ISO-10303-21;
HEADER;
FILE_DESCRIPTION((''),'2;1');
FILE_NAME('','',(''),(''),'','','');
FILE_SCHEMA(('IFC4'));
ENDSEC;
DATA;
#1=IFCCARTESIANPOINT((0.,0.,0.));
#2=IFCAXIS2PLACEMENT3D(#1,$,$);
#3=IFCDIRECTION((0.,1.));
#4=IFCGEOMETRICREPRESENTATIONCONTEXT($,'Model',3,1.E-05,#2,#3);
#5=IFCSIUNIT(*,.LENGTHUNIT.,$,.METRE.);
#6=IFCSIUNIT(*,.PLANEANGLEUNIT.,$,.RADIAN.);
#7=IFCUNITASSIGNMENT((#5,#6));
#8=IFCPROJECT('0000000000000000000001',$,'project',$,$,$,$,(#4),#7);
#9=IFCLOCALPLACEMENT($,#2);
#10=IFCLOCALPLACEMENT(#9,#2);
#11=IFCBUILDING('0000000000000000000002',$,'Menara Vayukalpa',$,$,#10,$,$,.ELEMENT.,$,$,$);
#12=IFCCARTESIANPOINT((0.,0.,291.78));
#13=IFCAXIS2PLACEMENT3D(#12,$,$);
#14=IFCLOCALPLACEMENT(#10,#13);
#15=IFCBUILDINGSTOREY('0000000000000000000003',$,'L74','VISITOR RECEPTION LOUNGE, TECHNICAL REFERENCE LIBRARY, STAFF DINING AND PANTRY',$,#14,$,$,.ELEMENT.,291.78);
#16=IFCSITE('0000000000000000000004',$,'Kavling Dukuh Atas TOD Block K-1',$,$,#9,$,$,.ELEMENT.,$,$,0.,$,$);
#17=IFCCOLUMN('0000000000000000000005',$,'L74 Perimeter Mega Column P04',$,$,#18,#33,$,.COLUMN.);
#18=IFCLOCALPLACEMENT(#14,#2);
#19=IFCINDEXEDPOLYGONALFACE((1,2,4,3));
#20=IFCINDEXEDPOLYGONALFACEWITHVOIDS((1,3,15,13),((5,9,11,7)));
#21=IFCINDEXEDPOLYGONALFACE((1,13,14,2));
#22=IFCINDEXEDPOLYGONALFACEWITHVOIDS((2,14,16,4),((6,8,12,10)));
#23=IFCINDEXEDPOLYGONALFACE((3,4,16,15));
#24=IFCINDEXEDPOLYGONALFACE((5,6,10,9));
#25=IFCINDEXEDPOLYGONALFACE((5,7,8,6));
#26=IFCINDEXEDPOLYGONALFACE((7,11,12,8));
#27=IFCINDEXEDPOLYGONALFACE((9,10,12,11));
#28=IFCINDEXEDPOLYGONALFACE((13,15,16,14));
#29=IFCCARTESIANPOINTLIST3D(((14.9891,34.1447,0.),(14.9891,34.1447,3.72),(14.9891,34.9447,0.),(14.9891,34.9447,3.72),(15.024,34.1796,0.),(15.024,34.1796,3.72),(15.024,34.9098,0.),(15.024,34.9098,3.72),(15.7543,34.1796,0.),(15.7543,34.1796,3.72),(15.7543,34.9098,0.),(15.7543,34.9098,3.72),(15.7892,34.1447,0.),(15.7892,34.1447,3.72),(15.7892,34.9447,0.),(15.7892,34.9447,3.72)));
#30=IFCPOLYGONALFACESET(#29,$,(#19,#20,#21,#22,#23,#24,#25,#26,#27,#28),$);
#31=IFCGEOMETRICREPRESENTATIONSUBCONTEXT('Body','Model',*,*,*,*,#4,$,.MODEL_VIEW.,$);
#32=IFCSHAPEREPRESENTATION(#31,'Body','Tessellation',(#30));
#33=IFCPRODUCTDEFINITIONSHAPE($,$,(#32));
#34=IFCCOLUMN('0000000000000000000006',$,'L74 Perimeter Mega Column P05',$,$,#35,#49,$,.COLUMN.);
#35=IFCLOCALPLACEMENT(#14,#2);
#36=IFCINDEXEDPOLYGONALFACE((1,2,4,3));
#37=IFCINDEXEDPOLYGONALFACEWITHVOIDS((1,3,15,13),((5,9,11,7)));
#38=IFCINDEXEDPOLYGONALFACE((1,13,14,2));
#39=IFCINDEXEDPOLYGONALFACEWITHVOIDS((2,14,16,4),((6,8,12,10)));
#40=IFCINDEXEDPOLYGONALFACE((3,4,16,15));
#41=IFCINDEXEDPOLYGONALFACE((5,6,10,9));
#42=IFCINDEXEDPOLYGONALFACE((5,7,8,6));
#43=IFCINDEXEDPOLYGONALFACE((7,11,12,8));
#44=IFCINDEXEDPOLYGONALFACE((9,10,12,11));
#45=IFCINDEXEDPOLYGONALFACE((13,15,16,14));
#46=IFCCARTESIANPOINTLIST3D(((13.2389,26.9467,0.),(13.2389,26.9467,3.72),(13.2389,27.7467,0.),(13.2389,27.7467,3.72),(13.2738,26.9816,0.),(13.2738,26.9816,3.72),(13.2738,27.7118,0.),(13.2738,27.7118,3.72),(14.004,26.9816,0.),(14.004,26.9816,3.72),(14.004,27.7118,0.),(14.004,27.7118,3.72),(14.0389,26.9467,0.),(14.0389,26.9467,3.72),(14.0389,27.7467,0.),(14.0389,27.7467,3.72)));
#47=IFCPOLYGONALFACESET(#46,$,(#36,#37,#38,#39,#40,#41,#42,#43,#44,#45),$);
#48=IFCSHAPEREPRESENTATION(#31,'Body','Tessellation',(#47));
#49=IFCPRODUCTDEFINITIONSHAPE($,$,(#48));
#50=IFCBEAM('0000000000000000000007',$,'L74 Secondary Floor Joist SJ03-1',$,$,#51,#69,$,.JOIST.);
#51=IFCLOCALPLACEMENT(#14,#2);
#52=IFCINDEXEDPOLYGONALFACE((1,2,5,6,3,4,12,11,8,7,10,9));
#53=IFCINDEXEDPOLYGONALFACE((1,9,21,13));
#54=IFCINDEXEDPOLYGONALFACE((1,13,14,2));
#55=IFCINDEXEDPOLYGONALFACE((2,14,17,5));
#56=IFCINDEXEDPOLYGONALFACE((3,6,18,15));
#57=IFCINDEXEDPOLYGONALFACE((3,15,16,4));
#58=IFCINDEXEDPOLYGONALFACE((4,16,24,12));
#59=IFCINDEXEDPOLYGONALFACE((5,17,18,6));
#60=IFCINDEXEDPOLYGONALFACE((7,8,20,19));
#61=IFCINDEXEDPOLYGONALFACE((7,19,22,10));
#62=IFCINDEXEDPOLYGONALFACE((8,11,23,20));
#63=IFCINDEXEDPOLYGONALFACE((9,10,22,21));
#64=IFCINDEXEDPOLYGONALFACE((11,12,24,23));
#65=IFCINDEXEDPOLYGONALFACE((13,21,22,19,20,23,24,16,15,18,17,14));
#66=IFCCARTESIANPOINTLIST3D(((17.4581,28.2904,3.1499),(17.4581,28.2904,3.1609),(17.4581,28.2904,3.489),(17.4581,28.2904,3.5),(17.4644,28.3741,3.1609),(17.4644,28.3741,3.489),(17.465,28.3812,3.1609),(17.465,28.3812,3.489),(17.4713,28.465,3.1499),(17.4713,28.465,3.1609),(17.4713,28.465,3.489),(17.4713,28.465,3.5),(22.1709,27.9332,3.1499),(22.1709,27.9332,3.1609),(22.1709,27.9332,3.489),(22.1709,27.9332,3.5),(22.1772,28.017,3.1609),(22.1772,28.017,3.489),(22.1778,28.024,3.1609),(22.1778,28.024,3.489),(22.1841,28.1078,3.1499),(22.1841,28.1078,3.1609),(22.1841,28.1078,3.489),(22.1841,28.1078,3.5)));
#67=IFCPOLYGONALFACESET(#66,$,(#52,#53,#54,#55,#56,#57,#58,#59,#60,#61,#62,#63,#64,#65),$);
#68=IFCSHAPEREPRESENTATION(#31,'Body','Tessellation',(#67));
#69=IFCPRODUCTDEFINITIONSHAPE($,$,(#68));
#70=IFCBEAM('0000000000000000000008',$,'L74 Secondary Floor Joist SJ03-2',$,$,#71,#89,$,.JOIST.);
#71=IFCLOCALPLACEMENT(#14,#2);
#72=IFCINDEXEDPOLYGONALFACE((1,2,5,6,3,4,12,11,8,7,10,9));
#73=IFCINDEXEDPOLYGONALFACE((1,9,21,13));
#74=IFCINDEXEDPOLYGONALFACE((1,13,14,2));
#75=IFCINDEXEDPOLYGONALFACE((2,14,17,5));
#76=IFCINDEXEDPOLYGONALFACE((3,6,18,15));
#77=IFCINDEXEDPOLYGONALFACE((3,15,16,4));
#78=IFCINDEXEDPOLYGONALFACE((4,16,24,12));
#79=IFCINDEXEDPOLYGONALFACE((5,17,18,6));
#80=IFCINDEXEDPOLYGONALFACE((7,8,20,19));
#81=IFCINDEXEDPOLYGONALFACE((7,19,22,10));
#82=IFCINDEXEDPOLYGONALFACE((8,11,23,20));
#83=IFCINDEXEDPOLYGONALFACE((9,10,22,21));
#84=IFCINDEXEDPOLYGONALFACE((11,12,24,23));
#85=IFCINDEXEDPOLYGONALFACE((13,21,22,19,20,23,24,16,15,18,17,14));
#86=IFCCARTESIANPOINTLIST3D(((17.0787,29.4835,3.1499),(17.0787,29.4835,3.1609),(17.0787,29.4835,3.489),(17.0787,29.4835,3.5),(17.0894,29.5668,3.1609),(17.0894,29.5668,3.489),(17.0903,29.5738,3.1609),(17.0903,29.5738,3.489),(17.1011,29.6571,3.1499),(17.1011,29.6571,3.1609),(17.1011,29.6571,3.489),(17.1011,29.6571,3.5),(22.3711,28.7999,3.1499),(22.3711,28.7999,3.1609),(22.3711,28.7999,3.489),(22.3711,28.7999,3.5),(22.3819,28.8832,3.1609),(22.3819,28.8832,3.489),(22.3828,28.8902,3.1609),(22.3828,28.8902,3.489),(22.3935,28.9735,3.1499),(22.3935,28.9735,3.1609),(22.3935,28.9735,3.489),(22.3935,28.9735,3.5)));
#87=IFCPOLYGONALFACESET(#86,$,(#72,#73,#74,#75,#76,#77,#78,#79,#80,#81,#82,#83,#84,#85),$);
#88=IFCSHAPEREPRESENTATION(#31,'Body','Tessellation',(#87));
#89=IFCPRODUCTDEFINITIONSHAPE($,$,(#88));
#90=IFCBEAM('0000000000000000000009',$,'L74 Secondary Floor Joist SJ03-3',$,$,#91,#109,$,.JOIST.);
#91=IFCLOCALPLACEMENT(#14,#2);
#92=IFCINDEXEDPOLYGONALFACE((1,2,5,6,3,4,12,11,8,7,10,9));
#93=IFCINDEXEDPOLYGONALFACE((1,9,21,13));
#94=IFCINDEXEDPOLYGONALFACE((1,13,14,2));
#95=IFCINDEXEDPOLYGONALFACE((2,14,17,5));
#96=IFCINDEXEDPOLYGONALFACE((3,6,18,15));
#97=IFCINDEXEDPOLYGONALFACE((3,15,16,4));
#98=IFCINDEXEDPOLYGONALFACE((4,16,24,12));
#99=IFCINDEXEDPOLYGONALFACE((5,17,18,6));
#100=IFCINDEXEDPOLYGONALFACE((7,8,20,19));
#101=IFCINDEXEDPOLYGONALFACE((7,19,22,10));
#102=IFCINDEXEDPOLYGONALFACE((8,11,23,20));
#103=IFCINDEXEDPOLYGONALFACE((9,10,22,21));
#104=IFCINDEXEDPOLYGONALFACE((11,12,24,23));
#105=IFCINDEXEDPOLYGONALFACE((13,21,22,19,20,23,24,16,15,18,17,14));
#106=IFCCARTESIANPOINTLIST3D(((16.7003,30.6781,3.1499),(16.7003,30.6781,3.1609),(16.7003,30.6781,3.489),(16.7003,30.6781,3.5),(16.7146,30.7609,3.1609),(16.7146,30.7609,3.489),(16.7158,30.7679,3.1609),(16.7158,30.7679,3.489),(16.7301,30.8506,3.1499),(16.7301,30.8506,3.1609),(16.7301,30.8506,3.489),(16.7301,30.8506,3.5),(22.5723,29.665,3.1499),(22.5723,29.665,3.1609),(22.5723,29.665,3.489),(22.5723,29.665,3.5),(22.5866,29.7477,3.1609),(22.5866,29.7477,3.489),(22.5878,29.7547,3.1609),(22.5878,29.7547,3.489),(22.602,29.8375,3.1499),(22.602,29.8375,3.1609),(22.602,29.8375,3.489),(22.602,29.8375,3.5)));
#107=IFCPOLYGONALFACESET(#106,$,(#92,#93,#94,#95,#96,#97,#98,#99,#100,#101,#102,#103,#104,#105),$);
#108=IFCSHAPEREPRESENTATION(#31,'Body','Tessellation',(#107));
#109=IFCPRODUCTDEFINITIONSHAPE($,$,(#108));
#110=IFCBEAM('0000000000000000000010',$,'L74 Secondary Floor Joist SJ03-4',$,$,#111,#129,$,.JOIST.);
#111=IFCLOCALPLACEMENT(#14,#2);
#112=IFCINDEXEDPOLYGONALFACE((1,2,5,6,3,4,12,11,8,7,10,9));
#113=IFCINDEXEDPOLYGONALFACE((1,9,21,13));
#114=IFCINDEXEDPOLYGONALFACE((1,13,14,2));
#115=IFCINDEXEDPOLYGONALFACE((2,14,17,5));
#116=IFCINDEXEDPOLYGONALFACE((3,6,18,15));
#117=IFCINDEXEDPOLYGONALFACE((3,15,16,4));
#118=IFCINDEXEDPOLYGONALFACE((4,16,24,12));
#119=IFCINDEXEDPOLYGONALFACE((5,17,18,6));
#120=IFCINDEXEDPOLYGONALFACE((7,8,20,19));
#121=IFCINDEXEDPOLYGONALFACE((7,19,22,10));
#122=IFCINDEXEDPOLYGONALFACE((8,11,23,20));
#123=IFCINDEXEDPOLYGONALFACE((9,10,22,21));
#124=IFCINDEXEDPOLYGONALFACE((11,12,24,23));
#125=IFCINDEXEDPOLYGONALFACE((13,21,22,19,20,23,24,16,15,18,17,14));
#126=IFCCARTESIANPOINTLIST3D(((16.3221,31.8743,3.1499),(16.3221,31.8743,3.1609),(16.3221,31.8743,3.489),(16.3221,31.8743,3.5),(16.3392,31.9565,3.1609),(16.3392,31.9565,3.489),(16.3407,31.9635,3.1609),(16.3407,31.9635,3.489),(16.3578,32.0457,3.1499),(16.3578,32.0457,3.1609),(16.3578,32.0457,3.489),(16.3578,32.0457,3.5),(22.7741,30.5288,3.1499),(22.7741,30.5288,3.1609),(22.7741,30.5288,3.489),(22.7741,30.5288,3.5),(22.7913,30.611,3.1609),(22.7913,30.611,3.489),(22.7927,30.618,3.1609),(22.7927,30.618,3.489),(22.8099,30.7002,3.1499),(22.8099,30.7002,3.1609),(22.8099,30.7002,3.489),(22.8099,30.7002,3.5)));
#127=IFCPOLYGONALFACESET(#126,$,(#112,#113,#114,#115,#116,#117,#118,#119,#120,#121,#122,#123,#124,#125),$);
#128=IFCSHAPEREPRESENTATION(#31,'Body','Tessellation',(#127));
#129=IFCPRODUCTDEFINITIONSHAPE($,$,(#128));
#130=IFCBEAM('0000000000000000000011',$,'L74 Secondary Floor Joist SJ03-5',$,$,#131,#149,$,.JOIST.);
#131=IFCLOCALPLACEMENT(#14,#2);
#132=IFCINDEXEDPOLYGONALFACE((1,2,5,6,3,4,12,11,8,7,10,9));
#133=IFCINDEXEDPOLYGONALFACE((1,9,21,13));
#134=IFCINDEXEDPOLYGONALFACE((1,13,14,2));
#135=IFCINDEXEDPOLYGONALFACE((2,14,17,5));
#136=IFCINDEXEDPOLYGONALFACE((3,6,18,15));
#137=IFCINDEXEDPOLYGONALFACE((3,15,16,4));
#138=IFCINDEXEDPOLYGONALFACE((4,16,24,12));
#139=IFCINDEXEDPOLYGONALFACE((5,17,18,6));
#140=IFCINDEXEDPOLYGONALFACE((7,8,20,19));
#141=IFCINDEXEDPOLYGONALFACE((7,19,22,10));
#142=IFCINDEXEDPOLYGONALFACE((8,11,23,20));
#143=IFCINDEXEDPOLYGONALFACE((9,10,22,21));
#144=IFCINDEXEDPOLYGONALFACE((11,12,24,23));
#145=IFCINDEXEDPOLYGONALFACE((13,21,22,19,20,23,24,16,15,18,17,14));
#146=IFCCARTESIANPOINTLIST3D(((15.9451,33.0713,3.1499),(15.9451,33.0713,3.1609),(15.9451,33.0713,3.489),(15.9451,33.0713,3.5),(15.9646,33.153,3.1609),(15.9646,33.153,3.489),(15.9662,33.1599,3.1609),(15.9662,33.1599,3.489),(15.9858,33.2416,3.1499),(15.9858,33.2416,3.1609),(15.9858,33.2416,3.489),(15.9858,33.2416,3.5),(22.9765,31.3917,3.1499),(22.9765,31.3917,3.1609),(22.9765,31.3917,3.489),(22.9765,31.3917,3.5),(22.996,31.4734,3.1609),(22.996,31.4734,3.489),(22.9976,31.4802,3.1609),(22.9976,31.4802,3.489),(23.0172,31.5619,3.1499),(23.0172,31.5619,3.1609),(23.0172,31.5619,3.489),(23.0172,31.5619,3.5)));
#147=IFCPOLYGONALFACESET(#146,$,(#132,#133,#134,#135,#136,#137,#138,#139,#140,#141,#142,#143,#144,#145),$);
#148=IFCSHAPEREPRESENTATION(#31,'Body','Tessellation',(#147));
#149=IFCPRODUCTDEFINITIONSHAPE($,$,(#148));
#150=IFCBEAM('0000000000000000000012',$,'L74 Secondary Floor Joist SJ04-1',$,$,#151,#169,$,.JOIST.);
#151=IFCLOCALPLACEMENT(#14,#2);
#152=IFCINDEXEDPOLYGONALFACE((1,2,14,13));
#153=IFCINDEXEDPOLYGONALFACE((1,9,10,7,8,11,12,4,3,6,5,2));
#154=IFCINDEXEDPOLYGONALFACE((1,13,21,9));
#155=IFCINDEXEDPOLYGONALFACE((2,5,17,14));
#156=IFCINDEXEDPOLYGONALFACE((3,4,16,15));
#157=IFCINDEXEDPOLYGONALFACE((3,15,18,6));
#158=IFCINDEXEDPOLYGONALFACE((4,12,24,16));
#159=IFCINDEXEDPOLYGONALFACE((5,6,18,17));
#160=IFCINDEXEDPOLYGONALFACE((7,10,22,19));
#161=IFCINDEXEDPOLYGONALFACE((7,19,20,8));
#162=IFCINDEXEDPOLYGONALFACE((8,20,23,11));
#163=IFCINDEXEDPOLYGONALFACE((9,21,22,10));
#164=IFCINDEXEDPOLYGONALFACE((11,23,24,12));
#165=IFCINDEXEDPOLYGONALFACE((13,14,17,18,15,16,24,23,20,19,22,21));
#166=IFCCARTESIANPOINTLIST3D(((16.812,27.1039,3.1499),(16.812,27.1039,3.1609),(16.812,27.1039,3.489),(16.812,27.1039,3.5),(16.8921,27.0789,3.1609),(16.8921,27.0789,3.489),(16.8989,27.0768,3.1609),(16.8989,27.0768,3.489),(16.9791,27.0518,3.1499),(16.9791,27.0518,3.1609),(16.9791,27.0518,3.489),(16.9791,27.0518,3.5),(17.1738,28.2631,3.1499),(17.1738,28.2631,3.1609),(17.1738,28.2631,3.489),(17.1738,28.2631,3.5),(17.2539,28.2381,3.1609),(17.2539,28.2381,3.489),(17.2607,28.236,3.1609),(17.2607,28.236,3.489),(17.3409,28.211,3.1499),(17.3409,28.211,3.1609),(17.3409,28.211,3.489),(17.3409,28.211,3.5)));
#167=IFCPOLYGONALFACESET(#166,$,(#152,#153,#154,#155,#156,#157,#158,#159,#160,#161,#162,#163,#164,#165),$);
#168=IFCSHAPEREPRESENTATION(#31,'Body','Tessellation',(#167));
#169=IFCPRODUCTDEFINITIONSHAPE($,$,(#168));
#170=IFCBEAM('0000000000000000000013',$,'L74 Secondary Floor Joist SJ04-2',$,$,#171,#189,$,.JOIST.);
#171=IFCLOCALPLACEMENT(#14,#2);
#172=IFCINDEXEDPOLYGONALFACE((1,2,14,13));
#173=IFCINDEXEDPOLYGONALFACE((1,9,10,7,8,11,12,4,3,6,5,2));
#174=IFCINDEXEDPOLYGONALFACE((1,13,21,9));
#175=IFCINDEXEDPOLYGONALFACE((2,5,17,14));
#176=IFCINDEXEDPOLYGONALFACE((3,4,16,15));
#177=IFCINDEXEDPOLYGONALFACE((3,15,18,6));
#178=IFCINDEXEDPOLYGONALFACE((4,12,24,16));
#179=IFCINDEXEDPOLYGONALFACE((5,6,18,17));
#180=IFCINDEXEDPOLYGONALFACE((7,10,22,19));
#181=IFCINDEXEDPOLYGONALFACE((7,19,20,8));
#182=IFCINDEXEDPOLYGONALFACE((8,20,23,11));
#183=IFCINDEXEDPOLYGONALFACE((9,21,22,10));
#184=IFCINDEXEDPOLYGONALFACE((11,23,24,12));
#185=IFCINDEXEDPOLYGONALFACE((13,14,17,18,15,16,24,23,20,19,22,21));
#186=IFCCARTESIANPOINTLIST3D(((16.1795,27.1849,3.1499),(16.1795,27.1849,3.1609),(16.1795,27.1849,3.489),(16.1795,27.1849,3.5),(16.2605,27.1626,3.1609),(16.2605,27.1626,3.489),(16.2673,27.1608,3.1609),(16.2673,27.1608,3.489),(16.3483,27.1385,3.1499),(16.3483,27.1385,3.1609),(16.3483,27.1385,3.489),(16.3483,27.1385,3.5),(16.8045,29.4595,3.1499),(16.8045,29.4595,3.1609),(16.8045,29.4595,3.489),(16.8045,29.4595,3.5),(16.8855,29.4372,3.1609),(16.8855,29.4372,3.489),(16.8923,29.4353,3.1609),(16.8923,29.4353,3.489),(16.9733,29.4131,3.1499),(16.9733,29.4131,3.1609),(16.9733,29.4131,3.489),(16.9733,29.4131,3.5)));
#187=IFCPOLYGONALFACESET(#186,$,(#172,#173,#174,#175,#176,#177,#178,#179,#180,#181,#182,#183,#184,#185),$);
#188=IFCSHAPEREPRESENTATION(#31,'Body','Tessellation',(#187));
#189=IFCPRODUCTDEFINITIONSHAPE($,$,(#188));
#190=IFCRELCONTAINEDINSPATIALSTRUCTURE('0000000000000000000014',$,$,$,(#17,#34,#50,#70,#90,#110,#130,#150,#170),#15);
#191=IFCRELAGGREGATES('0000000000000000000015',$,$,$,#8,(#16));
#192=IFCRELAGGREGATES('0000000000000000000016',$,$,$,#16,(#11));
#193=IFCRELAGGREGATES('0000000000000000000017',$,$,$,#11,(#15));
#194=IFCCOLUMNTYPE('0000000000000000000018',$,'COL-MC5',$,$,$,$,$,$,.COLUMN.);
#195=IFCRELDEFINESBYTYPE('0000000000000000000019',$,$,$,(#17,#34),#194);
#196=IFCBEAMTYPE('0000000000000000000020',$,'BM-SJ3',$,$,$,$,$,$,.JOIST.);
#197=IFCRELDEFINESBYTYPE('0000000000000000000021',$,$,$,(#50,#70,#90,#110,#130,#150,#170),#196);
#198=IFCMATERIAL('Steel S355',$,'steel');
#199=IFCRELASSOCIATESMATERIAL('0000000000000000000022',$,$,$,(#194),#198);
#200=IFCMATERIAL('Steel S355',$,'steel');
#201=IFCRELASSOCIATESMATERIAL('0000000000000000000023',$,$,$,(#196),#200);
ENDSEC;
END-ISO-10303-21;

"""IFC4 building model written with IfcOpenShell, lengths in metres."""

from ifc_helpers import new_model, si_unit, direction, frame, origin, origin_2d, place, context, subcontext, project, spatial, hollow_rectangle, i_section, extrude, material, material_profile, profile_set, type_object, element, save


model = new_model("IFC4")

# Units and contexts
model_context = context("Model", 3, precision=1e-05, world=origin(), true_north=direction((0.0, 1.0)))
body_context = subcontext(model_context, "Body", "Model", "MODEL_VIEW")
ifc_project = project(units=[si_unit("LENGTHUNIT", "METRE"), si_unit("PLANEANGLEUNIT", "RADIAN")], contexts=[model_context])

# Site, building, storey
site_placement = place(None, origin())
site = spatial("IfcSite", under=ifc_project, at=site_placement, Name="Kavling Dukuh Atas TOD Block K-1", CompositionType="ELEMENT", RefElevation=0.0)
building_placement = place(site_placement, origin())
building = spatial("IfcBuilding", under=site, at=building_placement, Name="Menara Vayukalpa", CompositionType="ELEMENT")
storey_placement = place(building_placement, frame((0.0, 0.0, 291.78)))
storey = spatial("IfcBuildingStorey", under=building, at=storey_placement, Name="L74", Description="VISITOR RECEPTION LOUNGE, TECHNICAL REFERENCE LIBRARY, STAFF DINING AND PANTRY", CompositionType="ELEMENT", Elevation=291.78)

# Columns
ifc_material_1 = material(Name="Steel S355", Category="steel")
ifc_material_profile_1 = material_profile(ifc_material_1, hollow_rectangle(XDim=0.8, YDim=0.8, WallThickness=0.0349, at=origin_2d()), Name="BOX 800x800x35")
ifc_profile_set_1 = profile_set([ifc_material_profile_1], Name="Steel S355")
column_type = type_object("IfcColumnType", Name="COL-MC5", PredefinedType="COLUMN", material=ifc_profile_set_1)
for number, where, z_axis, x_axis, name in (
    (1, (15.3892, 34.5447, 0.0), (0.0, 0.0, 1.0), (1.0, 0.0, 0.0), "L74 Perimeter Mega Column P04"),
    (2, (13.6389, 27.3467, 0.0), (0.0, 0.0, 1.0), (1.0, 0.0, 0.0), "L74 Perimeter Mega Column P05"),
):
    element("IfcColumn", number, at=place(storey_placement, frame(where, z_axis=z_axis, x_axis=x_axis)), inside=storey, type_object=column_type, Name=name, PredefinedType="COLUMN", context=body_context, shape_type="SweptSolid", body=[
        extrude(hollow_rectangle(XDim=0.8, YDim=0.8, WallThickness=0.0349, at=origin_2d()), origin(), (0.0, 0.0, 1.0), 3.72),
    ])

# Beams
ifc_material_2 = material(Name="Steel S355", Category="steel")
ifc_material_profile_2 = material_profile(ifc_material_2, i_section(OverallWidth=0.175, OverallDepth=0.3501, WebThickness=0.0071, FlangeThickness=0.011, at=origin_2d()), Name="WF 350x175x7x11")
ifc_profile_set_2 = profile_set([ifc_material_profile_2], Name="Steel S355")
beam_type_1 = type_object("IfcBeamType", Name="BM-SJ3", PredefinedType="JOIST", material=ifc_profile_set_2)
beam_1_placement = place(storey_placement, frame((22.1775, 28.0205, 3.325), z_axis=(-0.99714, 0.075571, 0.0), x_axis=(-0.075571, -0.99714, 0.0)))
element("IfcBeam", 3, at=beam_1_placement, inside=storey, type_object=beam_type_1, Name="L74 Secondary Floor Joist SJ03-1", PredefinedType="JOIST", context=body_context, shape_type="SweptSolid", body=[
    extrude(i_section(OverallWidth=0.175, OverallDepth=0.3501, WebThickness=0.0071, FlangeThickness=0.011, at=origin_2d()), origin(), (0.0, 0.0, 1.0), 4.7263),
])
beam_2_placement = place(storey_placement, frame((22.3823, 28.8867, 3.325), z_axis=(-0.991761, 0.128099, 0.0), x_axis=(-0.128099, -0.991761, 0.0)))
element("IfcBeam", 4, at=beam_2_placement, inside=storey, type_object=beam_type_1, Name="L74 Secondary Floor Joist SJ03-2", PredefinedType="JOIST", context=body_context, shape_type="SweptSolid", body=[
    extrude(i_section(OverallWidth=0.175, OverallDepth=0.3501, WebThickness=0.0071, FlangeThickness=0.011, at=origin_2d()), origin(), (0.0, 0.0, 1.0), 5.3364),
])
beam_3_placement = place(storey_placement, frame((22.5872, 29.7512, 3.325), z_axis=(-0.985439, 0.17003, 0.0), x_axis=(-0.17003, -0.985439, 0.0)))
element("IfcBeam", 5, at=beam_3_placement, inside=storey, type_object=beam_type_1, Name="L74 Secondary Floor Joist SJ03-3", PredefinedType="JOIST", context=body_context, shape_type="SweptSolid", body=[
    extrude(i_section(OverallWidth=0.175, OverallDepth=0.3501, WebThickness=0.0071, FlangeThickness=0.011, at=origin_2d()), origin(), (0.0, 0.0, 1.0), 5.9587),
])
beam_4_placement = place(storey_placement, frame((22.792, 30.6145, 3.325), z_axis=(-0.978941, 0.204145, 0.0), x_axis=(-0.204145, -0.978941, 0.0)))
element("IfcBeam", 6, at=beam_4_placement, inside=storey, type_object=beam_type_1, Name="L74 Secondary Floor Joist SJ03-4", PredefinedType="JOIST", context=body_context, shape_type="SweptSolid", body=[
    extrude(i_section(OverallWidth=0.175, OverallDepth=0.3501, WebThickness=0.0071, FlangeThickness=0.011, at=origin_2d()), origin(), (0.0, 0.0, 1.0), 6.5908),
])
beam_5_placement = place(storey_placement, frame((22.9968, 31.4768, 3.325), z_axis=(-0.972634, 0.232343, 0.0), x_axis=(-0.232343, -0.972634, 0.0)))
element("IfcBeam", 7, at=beam_5_placement, inside=storey, type_object=beam_type_1, Name="L74 Secondary Floor Joist SJ03-5", PredefinedType="JOIST", context=body_context, shape_type="SweptSolid", body=[
    extrude(i_section(OverallWidth=0.175, OverallDepth=0.3501, WebThickness=0.0071, FlangeThickness=0.011, at=origin_2d()), origin(), (0.0, 0.0, 1.0), 7.2292),
])
beam_6_placement = place(storey_placement, frame((17.2573, 28.2371, 3.325), z_axis=(-0.297954, -0.95458, 0.0), x_axis=(0.95458, -0.297954, 0.0)))
element("IfcBeam", 8, at=beam_6_placement, inside=storey, type_object=beam_type_1, Name="L74 Secondary Floor Joist SJ04-1", PredefinedType="JOIST", context=body_context, shape_type="SweptSolid", body=[
    extrude(i_section(OverallWidth=0.175, OverallDepth=0.3501, WebThickness=0.0071, FlangeThickness=0.011, at=origin_2d()), origin(), (0.0, 0.0, 1.0), 1.2144),
])
beam_7_placement = place(storey_placement, frame((16.8889, 29.4363, 3.325), z_axis=(-0.264947, -0.964263, 0.0), x_axis=(0.964263, -0.264947, 0.0)))
element("IfcBeam", 9, at=beam_7_placement, inside=storey, type_object=beam_type_1, Name="L74 Secondary Floor Joist SJ04-2", PredefinedType="JOIST", context=body_context, shape_type="SweptSolid", body=[
    extrude(i_section(OverallWidth=0.175, OverallDepth=0.3501, WebThickness=0.0071, FlangeThickness=0.011, at=origin_2d()), origin(), (0.0, 0.0, 1.0), 2.3589),
])

save(model, "model.ifc")
